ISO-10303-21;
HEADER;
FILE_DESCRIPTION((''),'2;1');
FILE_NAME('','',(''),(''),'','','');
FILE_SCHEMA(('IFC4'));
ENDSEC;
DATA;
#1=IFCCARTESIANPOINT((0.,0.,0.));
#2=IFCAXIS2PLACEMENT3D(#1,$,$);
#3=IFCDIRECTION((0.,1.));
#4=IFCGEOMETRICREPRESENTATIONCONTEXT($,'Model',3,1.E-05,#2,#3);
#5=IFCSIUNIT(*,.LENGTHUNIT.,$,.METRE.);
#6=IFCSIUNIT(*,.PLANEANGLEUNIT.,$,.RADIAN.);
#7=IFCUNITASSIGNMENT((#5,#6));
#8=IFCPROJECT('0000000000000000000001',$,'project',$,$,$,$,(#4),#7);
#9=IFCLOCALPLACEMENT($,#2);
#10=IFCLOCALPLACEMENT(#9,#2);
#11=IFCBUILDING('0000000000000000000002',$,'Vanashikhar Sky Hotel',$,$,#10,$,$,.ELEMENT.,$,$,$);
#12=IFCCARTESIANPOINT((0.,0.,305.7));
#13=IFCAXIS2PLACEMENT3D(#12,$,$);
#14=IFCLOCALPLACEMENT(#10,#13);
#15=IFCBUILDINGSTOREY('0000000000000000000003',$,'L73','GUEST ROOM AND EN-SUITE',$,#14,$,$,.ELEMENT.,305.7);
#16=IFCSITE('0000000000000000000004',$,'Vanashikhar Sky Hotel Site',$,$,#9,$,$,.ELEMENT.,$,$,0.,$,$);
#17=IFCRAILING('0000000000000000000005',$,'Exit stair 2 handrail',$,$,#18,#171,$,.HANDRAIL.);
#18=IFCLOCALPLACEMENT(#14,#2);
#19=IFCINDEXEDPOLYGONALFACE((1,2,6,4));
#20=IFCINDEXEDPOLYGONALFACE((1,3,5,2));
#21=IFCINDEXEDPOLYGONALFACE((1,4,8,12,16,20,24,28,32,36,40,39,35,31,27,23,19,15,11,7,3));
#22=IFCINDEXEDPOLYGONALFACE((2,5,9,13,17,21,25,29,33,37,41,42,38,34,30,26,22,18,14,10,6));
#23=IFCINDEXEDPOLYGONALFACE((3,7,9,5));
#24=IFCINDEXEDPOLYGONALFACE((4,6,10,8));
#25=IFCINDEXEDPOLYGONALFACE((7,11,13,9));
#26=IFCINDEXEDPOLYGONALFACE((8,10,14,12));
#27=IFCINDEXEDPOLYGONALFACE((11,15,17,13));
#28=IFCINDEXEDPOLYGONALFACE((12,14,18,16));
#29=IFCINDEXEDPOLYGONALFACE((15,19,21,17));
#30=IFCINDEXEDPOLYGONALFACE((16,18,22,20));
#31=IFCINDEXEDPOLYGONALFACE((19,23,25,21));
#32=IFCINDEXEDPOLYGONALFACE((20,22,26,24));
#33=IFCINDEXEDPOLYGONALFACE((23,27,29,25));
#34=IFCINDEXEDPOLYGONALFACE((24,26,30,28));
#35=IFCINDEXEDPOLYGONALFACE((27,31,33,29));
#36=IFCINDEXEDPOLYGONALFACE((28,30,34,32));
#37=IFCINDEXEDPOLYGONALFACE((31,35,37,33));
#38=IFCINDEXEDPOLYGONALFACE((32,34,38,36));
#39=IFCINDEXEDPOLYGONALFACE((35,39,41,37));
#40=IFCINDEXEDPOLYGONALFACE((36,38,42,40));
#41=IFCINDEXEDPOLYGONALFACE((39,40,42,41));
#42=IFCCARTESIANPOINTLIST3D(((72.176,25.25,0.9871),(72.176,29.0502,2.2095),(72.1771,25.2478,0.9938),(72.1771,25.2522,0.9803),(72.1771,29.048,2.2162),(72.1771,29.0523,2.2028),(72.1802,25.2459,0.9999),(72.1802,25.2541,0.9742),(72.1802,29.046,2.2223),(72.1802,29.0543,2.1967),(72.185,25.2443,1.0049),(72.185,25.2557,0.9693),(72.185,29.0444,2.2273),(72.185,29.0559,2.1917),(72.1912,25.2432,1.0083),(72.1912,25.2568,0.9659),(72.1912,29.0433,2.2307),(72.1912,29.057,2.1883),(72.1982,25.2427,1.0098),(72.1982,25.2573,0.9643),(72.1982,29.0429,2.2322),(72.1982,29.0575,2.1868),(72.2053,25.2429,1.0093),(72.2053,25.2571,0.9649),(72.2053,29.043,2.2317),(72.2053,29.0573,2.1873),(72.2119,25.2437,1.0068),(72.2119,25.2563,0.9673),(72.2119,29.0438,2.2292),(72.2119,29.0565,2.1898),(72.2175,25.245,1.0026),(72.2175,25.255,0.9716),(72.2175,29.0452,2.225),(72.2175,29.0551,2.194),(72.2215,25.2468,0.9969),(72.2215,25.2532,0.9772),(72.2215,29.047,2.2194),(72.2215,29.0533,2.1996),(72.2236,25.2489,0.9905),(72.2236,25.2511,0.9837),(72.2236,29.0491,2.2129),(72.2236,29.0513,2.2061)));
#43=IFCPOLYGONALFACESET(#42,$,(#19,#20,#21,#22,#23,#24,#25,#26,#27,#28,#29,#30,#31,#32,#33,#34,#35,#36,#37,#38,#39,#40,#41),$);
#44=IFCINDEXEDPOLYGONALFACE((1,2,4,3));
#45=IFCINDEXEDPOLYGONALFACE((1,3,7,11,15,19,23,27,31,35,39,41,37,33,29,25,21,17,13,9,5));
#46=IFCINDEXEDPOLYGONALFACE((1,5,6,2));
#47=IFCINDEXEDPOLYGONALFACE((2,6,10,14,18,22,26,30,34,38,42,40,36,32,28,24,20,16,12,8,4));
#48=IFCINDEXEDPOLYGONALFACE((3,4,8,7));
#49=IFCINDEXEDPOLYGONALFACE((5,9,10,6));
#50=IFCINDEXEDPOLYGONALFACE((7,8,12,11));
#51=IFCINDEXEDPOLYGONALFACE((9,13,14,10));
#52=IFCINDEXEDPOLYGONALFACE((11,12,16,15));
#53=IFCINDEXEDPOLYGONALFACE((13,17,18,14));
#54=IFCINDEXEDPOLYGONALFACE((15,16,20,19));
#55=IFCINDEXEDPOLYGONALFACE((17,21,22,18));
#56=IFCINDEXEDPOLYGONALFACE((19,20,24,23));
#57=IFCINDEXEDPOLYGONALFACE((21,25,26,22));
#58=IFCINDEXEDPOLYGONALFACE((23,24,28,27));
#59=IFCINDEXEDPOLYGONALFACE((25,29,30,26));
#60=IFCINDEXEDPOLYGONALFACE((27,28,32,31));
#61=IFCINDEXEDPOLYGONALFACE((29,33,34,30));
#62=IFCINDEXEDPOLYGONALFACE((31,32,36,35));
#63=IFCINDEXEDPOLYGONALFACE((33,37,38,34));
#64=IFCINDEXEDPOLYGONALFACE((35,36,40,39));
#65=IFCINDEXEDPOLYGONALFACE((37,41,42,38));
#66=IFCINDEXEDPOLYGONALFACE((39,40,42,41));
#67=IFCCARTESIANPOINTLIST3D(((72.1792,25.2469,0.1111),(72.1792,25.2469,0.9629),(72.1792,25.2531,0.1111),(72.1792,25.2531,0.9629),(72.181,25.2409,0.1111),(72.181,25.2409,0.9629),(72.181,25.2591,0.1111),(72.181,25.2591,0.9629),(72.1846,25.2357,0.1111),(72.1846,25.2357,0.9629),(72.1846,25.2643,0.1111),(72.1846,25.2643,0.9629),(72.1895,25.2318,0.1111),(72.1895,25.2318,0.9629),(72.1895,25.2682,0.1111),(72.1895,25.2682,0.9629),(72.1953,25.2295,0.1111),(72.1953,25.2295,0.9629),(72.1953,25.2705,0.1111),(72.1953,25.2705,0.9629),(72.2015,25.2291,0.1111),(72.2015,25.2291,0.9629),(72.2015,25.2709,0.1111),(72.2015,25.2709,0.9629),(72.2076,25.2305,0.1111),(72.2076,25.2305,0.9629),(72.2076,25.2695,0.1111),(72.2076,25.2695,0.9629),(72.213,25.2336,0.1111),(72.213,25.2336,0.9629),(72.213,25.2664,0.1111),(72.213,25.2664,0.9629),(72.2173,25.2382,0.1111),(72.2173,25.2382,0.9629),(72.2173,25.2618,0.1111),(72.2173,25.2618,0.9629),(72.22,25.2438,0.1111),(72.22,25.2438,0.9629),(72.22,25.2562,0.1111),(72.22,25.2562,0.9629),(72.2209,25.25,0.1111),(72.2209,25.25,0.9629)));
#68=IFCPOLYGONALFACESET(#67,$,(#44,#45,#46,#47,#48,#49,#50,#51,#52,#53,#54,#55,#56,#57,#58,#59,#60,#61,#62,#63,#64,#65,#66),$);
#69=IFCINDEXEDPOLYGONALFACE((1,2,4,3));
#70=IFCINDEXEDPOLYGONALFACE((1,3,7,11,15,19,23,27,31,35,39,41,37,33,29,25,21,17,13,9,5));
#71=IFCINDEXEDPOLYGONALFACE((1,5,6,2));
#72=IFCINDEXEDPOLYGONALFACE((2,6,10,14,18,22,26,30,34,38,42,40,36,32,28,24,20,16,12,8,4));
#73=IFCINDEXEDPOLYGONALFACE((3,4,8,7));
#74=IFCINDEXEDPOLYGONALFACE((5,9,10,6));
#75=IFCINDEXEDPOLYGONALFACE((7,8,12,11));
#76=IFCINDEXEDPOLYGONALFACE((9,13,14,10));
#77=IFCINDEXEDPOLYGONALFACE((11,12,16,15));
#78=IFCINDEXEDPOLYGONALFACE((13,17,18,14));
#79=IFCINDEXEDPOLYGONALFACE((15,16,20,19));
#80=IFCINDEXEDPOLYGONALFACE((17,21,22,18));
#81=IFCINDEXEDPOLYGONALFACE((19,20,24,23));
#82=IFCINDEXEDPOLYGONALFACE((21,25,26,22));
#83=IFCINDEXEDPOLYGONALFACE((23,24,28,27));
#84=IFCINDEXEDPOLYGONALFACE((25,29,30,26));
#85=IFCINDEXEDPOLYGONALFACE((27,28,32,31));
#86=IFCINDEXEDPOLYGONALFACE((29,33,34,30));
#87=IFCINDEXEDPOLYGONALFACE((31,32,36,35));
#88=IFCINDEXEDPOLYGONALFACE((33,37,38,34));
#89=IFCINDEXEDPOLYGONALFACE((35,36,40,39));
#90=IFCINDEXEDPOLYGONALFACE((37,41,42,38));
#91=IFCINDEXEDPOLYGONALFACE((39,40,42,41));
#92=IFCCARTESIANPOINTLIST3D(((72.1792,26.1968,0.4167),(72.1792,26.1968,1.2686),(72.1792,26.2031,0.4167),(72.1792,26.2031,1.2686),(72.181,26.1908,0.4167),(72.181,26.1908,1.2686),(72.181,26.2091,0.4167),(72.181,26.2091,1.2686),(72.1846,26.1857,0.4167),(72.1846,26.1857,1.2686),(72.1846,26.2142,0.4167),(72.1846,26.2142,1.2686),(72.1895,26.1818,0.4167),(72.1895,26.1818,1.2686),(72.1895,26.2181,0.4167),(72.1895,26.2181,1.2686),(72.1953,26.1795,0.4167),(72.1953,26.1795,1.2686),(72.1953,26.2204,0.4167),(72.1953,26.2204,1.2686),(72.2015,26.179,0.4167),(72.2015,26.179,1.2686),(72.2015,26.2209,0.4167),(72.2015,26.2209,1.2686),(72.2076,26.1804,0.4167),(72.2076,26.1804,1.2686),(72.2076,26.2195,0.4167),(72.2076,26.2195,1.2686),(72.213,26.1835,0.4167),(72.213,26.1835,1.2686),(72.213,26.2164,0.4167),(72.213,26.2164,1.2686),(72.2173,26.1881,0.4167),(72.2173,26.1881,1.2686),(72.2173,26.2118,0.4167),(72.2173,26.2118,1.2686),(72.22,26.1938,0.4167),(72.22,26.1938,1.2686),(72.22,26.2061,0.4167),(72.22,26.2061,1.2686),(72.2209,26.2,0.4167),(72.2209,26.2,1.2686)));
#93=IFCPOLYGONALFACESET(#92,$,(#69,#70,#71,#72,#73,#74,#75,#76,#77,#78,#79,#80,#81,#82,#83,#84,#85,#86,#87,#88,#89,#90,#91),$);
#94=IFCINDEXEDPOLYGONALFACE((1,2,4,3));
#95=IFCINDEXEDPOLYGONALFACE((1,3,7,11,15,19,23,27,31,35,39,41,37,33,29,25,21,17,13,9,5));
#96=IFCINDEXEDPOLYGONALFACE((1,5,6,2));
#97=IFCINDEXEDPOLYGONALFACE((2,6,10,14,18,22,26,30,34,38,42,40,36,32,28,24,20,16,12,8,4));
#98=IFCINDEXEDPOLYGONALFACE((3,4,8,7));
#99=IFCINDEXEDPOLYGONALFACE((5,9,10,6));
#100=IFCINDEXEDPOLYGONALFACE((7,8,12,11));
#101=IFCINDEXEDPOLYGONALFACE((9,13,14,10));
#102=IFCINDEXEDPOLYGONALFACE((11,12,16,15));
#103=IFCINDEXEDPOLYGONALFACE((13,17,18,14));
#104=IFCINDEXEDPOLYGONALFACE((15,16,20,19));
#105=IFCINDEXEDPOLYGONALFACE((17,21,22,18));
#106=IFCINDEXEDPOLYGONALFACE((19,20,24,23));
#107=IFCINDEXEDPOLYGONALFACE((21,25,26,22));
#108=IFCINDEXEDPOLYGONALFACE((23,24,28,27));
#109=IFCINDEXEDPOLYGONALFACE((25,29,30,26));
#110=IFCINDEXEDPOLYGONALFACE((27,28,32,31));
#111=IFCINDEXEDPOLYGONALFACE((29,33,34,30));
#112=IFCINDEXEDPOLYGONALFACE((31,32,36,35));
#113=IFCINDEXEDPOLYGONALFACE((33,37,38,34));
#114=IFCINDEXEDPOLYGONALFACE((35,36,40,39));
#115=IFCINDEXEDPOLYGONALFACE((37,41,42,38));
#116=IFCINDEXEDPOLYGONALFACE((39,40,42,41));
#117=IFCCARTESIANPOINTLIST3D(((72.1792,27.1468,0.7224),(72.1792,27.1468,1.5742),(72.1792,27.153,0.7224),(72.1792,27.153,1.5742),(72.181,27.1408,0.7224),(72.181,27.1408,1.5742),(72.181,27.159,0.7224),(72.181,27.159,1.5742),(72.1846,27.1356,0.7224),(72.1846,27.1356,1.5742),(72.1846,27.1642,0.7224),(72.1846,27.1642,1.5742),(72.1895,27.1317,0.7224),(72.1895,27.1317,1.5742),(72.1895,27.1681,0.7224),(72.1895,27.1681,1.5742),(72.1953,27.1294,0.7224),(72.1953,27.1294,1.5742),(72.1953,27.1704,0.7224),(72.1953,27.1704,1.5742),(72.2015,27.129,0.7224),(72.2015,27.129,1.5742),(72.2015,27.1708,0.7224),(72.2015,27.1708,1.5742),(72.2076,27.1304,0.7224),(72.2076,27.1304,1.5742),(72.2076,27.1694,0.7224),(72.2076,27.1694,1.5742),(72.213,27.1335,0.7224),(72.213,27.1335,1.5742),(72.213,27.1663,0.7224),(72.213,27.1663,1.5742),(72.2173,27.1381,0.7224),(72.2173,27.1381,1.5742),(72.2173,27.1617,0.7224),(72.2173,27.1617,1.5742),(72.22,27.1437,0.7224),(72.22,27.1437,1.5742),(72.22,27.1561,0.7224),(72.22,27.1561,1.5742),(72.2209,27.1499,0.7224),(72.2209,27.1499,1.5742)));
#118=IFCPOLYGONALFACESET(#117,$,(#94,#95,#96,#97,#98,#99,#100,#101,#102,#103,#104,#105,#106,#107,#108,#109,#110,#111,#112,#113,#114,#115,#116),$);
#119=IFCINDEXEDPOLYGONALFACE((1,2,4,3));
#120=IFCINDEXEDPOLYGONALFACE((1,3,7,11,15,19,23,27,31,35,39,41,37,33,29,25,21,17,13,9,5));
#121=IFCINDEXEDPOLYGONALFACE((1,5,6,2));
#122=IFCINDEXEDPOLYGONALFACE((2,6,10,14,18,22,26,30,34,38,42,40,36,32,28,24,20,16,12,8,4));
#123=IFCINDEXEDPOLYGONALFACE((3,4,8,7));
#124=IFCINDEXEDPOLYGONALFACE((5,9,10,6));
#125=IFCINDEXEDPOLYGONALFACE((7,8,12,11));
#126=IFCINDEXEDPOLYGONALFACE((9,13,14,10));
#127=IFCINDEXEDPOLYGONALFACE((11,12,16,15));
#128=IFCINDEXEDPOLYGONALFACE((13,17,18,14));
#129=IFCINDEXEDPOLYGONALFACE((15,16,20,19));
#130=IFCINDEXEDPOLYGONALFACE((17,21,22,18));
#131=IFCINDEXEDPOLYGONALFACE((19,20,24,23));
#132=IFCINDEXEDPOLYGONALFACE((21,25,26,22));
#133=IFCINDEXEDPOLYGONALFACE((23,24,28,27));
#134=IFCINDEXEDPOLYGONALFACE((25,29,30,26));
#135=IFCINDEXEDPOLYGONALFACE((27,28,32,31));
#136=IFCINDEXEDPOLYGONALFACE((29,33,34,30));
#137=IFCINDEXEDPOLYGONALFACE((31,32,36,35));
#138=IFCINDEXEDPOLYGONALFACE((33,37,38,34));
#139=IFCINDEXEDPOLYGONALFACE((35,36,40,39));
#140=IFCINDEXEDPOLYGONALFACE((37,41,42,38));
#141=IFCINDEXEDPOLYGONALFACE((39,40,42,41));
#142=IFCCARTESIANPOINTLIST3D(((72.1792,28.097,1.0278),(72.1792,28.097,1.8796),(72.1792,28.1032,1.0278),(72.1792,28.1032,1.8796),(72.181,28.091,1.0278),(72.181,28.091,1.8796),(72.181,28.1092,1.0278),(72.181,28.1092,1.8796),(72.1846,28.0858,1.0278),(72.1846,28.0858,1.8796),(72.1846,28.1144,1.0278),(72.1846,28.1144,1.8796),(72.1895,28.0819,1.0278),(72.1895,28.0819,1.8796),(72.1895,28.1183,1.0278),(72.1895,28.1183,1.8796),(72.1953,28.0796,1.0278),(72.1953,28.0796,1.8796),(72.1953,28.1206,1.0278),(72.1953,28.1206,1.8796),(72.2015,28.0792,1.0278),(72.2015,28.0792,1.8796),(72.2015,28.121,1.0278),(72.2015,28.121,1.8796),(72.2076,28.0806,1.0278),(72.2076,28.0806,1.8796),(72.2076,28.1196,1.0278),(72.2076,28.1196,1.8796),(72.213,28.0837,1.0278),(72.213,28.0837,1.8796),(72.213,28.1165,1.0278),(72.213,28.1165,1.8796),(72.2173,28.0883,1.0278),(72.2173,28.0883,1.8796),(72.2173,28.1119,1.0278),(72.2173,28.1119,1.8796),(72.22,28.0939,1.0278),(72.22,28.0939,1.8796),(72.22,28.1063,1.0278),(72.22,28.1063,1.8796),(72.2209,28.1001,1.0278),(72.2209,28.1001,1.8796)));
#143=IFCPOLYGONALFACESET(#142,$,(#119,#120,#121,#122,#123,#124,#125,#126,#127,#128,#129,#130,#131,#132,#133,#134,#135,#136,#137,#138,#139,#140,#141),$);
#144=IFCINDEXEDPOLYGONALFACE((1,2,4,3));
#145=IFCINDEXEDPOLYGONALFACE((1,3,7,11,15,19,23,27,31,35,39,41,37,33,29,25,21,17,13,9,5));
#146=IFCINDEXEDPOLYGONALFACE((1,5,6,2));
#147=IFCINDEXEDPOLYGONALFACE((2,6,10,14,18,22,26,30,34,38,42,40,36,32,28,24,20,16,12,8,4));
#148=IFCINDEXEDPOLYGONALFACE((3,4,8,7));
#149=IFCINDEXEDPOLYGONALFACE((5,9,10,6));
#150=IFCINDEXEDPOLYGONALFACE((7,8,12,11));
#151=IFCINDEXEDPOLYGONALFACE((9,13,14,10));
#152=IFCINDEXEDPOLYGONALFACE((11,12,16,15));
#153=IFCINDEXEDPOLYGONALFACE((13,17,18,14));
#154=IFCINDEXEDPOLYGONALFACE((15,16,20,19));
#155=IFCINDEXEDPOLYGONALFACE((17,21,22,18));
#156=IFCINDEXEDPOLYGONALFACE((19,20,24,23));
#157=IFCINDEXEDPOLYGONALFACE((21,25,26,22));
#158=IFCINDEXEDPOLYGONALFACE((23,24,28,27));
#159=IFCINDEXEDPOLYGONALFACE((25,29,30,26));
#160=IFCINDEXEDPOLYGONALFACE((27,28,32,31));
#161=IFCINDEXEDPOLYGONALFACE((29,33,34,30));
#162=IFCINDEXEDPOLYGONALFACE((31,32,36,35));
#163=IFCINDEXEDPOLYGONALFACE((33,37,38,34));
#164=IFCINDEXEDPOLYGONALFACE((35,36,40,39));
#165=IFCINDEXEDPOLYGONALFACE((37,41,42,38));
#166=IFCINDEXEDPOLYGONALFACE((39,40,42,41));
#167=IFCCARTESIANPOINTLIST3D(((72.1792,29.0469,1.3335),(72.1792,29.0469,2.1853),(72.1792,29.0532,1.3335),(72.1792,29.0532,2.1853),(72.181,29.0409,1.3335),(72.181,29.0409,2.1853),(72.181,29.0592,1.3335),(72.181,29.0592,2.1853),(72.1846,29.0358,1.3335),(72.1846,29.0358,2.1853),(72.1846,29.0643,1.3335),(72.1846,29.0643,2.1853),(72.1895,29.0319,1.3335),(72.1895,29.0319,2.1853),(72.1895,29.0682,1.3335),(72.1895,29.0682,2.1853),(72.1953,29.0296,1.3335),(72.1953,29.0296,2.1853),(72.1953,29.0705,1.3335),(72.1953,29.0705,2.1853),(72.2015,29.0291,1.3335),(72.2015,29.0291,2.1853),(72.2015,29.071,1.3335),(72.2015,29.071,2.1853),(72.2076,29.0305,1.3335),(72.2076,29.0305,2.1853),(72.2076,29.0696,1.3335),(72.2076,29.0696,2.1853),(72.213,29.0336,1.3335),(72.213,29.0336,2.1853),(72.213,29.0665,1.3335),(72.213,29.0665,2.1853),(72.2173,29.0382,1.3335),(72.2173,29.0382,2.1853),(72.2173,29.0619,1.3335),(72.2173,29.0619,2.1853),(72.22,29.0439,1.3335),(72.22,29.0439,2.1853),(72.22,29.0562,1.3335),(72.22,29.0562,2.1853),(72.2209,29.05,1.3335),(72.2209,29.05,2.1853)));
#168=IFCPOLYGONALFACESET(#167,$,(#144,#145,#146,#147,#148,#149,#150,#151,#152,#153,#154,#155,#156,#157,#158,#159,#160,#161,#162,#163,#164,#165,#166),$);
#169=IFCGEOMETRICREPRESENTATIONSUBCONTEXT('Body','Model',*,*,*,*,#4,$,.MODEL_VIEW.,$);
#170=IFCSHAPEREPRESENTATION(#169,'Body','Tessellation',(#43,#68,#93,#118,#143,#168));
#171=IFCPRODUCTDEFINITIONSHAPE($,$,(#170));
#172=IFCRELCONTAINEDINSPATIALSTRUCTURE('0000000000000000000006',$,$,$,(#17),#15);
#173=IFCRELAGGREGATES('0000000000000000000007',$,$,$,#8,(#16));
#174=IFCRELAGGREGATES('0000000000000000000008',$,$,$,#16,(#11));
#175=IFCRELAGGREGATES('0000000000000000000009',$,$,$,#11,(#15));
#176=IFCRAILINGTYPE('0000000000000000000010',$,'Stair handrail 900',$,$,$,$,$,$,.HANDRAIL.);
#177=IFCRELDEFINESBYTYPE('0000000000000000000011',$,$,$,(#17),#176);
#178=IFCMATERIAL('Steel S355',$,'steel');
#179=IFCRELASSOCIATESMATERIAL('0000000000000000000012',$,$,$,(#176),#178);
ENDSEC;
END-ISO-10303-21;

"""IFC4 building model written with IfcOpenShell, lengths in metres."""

from ifc_helpers import new_model, si_unit, direction, frame, origin, origin_2d, place, context, subcontext, project, spatial, circle, extrude, source, transform, mapped, material, type_object, element, save


model = new_model("IFC4")

# Units and contexts
model_context = context("Model", 3, precision=1e-05, world=origin(), true_north=direction((0.0, 1.0)))
body_context = subcontext(model_context, "Body", "Model", "MODEL_VIEW")
ifc_project = project(units=[si_unit("LENGTHUNIT", "METRE"), si_unit("PLANEANGLEUNIT", "RADIAN")], contexts=[model_context])

# Site, building, storey
site_placement = place(None, origin())
site = spatial("IfcSite", under=ifc_project, at=site_placement, Name="Vanashikhar Sky Hotel Site", CompositionType="ELEMENT", RefElevation=0.0)
building_placement = place(site_placement, origin())
building = spatial("IfcBuilding", under=site, at=building_placement, Name="Vanashikhar Sky Hotel", CompositionType="ELEMENT")
storey_placement = place(building_placement, frame((0.0, 0.0, 305.7)))
storey = spatial("IfcBuildingStorey", under=building, at=storey_placement, Name="L73", Description="GUEST ROOM AND EN-SUITE", CompositionType="ELEMENT", Elevation=305.7)

# Railing
ifc_material_1 = material(Name="Steel S355", Category="steel")
railing_type_1 = type_object("IfcRailingType", Name="Stair handrail 900", PredefinedType="HANDRAIL", material=ifc_material_1)
shared_shape_1 = source(origin(), body_context, "Body", "SweptSolid", [
    extrude(circle(Radius=0.0239, at=origin_2d()), frame((0.0, 0.0, 0.876), z_axis=(0.0, 0.951958, 0.306229), x_axis=(-1.0, 0.0, 0.0)), (0.0, 0.0, 1.0), 3.9919),
    extrude(circle(Radius=0.021, at=origin_2d()), origin(), (0.0, 0.0, 1.0), 0.8518),
    extrude(circle(Radius=0.021, at=origin_2d()), frame((0.0, 0.95, 0.3057)), (0.0, 0.0, 1.0), 0.8518),
    extrude(circle(Radius=0.021, at=origin_2d()), frame((0.0, 1.8999, 0.6113)), (0.0, 0.0, 1.0), 0.8518),
    extrude(circle(Radius=0.021, at=origin_2d()), frame((0.0, 2.8501, 0.9167)), (0.0, 0.0, 1.0), 0.8518),
    extrude(circle(Radius=0.021, at=origin_2d()), frame((0.0, 3.8, 1.2224)), (0.0, 0.0, 1.0), 0.8518),
])
railing_1_placement = place(storey_placement, frame((72.2, 25.25, 0.1111)))
element("IfcRailing", 1, at=railing_1_placement, inside=storey, type_object=railing_type_1, Name="Exit stair 2 handrail", PredefinedType="HANDRAIL", context=body_context, shape_type="MappedRepresentation", body=[
    mapped(shared_shape_1, transform((0.0, 0.0, 0.0), scale=1.0)),
])

save(model, "model.ifc")
